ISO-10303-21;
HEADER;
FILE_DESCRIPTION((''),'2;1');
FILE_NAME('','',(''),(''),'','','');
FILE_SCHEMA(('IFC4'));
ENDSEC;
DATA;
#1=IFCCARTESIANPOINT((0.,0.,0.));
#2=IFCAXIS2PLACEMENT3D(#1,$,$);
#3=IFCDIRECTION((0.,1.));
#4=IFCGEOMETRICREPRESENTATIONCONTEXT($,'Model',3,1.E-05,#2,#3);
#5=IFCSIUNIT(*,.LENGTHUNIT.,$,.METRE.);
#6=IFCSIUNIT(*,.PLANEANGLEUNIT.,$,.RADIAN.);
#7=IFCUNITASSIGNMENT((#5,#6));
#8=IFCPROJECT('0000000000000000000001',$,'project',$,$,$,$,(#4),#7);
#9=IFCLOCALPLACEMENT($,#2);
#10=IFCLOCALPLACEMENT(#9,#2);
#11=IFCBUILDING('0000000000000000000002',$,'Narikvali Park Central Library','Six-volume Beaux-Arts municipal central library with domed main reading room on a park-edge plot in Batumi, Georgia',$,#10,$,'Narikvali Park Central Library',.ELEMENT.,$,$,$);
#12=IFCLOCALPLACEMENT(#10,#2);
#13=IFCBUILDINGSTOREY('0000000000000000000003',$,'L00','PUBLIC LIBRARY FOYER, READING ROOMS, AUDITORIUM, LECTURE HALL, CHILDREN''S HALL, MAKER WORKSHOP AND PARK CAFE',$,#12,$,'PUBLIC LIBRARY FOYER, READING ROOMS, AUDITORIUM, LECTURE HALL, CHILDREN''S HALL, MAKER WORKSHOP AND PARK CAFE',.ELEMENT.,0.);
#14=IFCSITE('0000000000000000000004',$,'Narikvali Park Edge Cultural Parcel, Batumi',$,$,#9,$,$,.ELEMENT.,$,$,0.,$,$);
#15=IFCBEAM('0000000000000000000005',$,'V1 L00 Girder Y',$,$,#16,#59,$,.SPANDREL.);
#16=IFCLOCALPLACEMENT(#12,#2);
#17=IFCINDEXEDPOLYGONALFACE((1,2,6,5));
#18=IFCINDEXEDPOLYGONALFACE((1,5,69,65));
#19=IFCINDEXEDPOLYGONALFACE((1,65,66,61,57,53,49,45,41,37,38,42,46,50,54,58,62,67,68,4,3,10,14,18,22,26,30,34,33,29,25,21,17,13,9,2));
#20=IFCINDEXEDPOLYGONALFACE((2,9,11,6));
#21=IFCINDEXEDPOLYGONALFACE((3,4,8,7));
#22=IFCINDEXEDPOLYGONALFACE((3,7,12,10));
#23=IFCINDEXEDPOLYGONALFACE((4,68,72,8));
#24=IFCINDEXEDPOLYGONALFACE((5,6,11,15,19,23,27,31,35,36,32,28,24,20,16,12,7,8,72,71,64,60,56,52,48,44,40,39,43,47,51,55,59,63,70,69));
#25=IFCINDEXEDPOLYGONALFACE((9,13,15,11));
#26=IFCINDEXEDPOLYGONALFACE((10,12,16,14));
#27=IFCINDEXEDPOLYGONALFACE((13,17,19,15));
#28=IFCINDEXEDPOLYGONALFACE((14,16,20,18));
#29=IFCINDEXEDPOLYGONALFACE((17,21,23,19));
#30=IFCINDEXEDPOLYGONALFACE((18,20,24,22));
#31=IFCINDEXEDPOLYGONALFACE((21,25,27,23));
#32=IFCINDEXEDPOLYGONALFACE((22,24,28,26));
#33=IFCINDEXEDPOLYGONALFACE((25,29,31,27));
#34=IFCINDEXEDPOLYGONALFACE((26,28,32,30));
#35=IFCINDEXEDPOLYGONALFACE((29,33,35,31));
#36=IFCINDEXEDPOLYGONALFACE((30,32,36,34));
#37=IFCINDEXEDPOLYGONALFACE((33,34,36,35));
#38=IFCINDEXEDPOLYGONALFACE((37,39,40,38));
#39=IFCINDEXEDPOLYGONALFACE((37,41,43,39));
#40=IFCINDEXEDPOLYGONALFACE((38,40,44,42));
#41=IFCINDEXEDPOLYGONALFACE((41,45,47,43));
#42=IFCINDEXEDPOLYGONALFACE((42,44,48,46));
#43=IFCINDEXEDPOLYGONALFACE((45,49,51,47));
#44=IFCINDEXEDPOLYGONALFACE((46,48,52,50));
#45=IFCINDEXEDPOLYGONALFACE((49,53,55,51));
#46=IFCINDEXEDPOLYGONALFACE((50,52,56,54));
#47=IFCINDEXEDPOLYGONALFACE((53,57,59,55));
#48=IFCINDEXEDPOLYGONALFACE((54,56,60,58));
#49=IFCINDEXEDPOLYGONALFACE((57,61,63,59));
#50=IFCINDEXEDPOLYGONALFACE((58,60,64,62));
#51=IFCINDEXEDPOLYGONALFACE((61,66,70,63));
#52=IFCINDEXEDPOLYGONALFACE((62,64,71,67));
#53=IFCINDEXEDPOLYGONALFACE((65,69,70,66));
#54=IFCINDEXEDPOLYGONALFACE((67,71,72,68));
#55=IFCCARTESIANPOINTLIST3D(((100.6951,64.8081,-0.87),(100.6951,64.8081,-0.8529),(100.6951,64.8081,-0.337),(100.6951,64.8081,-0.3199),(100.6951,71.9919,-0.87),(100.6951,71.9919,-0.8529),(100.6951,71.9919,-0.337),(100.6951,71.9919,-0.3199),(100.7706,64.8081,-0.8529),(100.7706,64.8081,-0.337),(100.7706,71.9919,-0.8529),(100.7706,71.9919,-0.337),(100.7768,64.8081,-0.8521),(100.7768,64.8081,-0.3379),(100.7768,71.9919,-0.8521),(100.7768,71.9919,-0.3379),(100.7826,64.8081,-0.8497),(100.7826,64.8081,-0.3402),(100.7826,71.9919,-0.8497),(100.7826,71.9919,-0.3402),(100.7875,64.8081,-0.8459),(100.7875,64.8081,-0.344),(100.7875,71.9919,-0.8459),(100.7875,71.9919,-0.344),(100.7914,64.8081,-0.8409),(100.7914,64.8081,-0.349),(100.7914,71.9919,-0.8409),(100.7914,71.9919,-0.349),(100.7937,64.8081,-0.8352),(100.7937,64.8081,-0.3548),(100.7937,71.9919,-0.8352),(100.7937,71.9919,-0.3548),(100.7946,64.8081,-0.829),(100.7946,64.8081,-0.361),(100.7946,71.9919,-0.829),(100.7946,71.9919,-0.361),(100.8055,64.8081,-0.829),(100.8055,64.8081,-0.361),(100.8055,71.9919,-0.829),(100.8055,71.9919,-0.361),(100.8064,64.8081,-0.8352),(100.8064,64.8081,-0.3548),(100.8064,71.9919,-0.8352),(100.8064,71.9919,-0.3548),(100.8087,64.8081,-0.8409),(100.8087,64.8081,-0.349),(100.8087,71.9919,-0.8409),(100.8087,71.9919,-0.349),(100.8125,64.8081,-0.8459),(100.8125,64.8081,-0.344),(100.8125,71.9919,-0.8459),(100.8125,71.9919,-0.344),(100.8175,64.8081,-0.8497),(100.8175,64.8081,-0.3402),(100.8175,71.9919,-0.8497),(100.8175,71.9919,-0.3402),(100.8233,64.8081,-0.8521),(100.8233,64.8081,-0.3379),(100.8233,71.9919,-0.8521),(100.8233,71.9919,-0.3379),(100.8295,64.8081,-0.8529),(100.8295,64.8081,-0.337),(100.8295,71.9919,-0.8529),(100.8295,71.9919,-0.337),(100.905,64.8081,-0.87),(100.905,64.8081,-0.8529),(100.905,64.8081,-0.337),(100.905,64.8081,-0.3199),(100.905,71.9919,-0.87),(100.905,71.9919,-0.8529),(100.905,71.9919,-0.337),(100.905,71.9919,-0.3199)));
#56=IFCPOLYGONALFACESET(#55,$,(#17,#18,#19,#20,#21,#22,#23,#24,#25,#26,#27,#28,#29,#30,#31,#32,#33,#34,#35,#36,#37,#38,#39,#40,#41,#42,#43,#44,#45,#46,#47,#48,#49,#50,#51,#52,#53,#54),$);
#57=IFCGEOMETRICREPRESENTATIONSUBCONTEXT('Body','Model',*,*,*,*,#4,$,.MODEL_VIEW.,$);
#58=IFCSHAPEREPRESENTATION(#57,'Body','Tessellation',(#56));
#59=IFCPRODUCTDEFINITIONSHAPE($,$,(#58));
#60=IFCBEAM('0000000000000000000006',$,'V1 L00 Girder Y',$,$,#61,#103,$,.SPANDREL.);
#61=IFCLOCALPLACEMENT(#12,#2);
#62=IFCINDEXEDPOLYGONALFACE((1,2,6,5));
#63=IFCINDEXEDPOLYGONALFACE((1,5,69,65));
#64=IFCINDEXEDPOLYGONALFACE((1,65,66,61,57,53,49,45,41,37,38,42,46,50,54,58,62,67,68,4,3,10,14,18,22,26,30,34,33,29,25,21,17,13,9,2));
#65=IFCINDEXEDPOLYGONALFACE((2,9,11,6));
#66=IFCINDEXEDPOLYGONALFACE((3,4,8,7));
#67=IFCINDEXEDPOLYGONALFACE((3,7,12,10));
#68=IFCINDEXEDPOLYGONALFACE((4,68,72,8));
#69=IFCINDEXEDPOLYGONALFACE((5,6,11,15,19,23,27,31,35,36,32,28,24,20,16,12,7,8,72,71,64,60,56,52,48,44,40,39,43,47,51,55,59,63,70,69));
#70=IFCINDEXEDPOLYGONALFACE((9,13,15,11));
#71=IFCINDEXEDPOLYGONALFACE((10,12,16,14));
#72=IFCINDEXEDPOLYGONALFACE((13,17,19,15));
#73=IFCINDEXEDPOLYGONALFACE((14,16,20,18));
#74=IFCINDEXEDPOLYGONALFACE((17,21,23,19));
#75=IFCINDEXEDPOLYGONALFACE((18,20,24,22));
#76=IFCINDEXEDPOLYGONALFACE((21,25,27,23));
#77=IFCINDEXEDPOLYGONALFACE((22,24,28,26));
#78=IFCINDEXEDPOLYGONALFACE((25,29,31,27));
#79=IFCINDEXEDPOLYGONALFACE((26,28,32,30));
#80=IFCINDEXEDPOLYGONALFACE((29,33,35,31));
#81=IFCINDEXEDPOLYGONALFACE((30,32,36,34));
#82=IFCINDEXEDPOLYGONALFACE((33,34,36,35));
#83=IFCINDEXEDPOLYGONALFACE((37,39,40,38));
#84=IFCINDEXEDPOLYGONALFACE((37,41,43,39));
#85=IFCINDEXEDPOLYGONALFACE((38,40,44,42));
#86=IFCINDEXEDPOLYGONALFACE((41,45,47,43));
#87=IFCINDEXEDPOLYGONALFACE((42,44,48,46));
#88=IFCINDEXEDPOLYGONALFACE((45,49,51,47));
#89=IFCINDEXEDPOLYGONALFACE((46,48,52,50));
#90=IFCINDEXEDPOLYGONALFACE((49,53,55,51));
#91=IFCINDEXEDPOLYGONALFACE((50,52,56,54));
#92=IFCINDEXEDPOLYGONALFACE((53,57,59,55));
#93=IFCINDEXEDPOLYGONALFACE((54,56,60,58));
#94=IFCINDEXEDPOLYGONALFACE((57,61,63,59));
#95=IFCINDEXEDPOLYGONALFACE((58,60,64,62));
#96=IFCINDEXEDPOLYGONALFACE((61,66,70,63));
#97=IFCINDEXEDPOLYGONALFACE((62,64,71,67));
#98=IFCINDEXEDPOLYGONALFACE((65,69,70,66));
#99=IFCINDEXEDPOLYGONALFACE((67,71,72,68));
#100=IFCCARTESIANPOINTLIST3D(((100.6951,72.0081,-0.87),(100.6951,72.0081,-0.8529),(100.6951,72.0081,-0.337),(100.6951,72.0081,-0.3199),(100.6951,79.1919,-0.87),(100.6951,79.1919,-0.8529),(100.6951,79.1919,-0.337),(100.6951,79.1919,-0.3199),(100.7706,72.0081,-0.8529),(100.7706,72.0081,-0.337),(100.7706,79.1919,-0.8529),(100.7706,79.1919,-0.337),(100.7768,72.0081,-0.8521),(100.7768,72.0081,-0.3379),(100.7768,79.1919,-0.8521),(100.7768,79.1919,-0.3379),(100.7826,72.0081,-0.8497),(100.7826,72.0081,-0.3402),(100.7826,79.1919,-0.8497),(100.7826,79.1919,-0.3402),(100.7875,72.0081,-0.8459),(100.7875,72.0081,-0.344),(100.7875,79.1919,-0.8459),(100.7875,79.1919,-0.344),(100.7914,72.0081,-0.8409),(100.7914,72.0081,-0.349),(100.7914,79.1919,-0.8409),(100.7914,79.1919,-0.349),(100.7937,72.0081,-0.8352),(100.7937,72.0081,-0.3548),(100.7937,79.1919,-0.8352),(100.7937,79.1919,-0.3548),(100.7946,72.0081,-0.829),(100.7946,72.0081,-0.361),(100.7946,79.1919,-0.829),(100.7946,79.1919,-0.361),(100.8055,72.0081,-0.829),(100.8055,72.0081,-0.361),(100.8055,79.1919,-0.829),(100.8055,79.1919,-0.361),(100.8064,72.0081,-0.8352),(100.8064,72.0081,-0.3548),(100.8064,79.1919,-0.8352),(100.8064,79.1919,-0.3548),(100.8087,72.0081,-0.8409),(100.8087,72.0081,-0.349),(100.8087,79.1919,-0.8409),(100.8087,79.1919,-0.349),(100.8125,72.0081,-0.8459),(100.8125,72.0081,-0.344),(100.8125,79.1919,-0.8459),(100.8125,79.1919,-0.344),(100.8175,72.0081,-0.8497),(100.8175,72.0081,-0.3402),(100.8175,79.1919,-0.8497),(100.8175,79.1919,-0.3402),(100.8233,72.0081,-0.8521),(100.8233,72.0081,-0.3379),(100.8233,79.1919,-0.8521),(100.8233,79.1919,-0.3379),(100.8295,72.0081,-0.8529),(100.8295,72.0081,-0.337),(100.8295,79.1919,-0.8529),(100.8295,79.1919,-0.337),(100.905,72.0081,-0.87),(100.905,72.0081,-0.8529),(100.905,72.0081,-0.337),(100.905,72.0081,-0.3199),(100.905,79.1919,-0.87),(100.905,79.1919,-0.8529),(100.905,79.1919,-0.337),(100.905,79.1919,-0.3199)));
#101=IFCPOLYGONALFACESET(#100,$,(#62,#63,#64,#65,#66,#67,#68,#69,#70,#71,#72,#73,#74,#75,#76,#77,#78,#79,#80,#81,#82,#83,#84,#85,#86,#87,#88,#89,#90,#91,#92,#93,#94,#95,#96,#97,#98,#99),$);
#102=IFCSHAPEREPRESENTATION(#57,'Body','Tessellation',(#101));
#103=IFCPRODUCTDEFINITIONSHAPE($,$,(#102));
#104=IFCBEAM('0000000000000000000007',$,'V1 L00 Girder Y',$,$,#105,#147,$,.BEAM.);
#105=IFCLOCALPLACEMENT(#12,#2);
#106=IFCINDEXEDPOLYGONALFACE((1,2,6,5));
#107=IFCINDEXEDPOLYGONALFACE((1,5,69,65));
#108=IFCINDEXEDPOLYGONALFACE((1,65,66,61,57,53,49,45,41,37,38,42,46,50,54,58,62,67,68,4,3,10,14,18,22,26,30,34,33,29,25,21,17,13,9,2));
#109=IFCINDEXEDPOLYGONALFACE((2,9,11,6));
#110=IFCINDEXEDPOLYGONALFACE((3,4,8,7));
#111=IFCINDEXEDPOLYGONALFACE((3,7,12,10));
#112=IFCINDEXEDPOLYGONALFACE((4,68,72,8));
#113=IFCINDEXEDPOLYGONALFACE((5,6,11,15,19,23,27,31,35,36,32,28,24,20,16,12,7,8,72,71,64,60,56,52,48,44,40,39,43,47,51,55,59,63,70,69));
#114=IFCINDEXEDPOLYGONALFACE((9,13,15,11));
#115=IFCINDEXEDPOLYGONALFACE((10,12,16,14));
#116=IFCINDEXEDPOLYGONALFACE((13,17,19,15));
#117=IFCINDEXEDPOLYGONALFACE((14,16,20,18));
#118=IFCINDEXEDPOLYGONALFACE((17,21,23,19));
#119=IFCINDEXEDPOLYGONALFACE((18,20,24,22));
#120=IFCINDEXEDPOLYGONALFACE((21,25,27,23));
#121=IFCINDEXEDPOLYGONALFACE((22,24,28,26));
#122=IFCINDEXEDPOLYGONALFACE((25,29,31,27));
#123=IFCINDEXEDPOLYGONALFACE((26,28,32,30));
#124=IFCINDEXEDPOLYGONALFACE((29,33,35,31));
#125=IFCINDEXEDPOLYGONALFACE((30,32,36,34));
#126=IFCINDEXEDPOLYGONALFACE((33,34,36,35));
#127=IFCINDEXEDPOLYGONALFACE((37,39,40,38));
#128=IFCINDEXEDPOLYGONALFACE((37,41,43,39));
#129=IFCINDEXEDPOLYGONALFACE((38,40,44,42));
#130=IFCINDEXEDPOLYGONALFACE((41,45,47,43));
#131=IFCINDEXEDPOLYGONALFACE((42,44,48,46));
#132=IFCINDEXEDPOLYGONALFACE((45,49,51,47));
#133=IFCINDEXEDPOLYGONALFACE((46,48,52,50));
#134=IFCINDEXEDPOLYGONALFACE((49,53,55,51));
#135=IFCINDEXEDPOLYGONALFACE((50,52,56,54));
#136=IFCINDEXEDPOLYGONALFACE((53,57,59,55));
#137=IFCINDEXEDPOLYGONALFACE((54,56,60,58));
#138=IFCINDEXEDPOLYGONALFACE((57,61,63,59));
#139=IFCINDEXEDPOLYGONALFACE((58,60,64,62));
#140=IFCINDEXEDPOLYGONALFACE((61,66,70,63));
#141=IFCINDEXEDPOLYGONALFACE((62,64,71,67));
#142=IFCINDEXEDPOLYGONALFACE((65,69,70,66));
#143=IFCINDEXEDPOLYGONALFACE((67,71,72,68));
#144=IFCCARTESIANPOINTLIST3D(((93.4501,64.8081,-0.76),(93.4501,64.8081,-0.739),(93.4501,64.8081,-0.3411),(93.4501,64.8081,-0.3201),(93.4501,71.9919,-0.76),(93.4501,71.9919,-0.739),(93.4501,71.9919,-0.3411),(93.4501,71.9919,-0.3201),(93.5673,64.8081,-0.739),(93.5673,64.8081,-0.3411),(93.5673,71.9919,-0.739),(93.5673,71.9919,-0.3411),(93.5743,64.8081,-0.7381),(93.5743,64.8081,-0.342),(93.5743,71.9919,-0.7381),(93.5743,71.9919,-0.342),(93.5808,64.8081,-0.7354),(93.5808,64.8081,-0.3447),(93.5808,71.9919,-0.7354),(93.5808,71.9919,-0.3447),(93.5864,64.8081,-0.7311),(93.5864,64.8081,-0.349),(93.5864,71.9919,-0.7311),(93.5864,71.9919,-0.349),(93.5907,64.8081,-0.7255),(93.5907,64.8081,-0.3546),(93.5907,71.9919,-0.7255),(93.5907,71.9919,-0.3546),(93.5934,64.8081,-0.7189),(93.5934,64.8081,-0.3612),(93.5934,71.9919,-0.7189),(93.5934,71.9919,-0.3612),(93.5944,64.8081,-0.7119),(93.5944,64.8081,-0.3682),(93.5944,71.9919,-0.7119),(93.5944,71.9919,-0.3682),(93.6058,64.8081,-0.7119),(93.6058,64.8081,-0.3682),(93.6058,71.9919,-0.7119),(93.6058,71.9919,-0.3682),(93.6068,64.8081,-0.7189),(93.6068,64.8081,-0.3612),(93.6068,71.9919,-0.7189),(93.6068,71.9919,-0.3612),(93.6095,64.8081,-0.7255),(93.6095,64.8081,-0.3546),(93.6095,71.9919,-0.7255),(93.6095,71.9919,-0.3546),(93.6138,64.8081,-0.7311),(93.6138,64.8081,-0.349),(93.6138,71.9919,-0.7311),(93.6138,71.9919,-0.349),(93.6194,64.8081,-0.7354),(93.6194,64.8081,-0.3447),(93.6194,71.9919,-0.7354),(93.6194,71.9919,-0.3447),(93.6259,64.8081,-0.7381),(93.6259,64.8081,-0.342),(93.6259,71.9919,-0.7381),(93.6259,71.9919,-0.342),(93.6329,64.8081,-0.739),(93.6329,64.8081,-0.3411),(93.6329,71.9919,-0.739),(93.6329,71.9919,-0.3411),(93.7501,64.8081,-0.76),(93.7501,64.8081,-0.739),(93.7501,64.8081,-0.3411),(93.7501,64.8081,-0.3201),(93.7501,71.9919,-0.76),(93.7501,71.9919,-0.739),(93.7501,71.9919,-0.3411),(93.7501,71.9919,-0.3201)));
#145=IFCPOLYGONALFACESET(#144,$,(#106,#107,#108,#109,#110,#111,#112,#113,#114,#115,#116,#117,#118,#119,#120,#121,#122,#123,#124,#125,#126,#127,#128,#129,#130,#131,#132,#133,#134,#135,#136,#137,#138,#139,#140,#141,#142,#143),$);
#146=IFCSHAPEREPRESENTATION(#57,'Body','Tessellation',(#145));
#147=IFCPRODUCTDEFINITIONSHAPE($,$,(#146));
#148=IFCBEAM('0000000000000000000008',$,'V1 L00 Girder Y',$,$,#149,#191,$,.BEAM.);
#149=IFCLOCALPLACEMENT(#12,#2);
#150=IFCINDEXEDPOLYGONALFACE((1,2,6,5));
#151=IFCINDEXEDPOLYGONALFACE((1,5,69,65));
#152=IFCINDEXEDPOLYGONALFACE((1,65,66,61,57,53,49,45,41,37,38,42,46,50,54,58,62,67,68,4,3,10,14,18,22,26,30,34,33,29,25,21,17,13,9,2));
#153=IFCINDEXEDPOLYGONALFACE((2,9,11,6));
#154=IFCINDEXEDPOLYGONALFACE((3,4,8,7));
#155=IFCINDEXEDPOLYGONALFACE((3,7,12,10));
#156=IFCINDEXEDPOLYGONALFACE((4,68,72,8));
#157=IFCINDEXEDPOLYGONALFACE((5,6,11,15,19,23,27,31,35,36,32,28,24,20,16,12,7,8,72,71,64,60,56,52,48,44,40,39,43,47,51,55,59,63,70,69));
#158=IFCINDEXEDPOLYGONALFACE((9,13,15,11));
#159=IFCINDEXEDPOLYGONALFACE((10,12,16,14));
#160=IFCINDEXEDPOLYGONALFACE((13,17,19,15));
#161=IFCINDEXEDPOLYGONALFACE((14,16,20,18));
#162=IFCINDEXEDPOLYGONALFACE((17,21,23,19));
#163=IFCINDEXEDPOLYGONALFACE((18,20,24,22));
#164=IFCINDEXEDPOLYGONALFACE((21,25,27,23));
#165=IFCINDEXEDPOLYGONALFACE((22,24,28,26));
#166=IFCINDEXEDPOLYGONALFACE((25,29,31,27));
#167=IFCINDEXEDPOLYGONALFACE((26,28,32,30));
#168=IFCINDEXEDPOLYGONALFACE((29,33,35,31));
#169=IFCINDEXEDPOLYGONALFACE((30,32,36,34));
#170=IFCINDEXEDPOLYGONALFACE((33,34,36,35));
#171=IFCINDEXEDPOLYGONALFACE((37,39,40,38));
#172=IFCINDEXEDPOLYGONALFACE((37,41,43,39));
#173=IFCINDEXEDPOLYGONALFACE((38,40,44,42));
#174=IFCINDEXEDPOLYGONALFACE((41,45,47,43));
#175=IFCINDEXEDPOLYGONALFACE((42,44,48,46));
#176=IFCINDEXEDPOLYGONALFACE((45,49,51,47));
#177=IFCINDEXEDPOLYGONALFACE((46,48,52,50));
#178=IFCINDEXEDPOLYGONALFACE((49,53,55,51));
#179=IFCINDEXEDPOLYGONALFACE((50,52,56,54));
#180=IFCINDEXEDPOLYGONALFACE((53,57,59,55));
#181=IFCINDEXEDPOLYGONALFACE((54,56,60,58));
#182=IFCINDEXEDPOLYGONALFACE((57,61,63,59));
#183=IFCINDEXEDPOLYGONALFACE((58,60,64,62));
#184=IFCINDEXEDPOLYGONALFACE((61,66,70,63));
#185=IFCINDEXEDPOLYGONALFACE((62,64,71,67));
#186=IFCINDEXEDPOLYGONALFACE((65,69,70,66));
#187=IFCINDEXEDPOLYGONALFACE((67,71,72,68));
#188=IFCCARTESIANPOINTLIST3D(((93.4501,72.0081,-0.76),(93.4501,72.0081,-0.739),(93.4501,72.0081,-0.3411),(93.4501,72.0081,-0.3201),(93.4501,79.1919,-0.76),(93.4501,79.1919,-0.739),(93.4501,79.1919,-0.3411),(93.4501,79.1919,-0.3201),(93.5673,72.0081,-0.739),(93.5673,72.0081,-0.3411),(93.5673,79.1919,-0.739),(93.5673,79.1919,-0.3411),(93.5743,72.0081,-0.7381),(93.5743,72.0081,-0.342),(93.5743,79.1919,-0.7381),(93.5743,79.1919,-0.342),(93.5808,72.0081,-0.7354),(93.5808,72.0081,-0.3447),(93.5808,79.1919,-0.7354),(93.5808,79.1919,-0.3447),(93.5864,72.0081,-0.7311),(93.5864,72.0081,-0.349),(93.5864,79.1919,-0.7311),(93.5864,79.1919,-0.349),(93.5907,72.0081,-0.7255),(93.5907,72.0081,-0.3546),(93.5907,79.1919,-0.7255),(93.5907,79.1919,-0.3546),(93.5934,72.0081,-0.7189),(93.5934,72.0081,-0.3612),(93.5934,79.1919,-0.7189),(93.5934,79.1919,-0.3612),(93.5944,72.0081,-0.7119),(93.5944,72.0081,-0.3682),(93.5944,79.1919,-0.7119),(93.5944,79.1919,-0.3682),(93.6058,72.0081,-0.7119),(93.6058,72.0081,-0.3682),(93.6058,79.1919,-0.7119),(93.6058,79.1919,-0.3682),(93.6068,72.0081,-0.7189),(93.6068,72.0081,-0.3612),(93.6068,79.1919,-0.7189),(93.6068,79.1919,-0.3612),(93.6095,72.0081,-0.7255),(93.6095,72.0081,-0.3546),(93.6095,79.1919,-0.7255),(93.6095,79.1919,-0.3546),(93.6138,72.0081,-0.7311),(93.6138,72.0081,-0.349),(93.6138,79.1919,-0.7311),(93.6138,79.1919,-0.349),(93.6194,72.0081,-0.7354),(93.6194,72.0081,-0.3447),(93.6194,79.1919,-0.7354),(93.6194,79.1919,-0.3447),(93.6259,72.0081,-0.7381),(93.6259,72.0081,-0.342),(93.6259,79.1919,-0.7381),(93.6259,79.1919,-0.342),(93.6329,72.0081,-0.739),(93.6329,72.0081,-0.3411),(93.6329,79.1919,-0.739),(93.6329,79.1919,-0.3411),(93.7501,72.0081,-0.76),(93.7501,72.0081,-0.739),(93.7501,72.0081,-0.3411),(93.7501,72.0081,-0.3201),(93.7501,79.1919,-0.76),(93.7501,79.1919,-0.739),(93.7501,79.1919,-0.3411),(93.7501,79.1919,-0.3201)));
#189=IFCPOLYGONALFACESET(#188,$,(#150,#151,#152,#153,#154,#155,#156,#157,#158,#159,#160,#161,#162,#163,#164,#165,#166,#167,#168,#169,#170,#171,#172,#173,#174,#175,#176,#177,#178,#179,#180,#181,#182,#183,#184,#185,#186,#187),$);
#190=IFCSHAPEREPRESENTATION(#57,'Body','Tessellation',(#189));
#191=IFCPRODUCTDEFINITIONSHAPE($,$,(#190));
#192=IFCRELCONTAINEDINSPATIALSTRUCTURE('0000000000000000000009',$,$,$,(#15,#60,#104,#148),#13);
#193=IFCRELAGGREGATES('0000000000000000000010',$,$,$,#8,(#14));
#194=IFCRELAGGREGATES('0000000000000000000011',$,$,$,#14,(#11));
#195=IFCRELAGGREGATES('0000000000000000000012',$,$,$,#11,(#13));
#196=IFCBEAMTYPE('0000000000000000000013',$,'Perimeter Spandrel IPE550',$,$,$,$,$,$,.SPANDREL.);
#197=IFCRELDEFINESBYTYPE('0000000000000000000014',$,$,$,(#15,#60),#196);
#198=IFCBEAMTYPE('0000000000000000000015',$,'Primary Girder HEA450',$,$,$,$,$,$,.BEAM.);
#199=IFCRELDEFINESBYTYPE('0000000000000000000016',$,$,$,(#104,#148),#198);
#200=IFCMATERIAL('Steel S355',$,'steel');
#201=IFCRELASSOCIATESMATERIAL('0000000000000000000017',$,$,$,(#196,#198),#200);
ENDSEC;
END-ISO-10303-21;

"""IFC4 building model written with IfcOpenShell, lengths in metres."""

from ifc_helpers import new_model, si_unit, direction, frame, origin, origin_2d, place, context, subcontext, project, spatial, i_section, extrude, material, material_profile, profile_set, type_object, element, save


model = new_model("IFC4")

# Units and contexts
model_context = context("Model", 3, precision=1e-05, world=origin(), true_north=direction((0.0, 1.0)))
body_context = subcontext(model_context, "Body", "Model", "MODEL_VIEW")
ifc_project = project(units=[si_unit("LENGTHUNIT", "METRE"), si_unit("PLANEANGLEUNIT", "RADIAN")], contexts=[model_context])

# Site, building, storey
site_placement = place(None, origin())
site = spatial("IfcSite", under=ifc_project, at=site_placement, Name="Narikvali Park Edge Cultural Parcel, Batumi", CompositionType="ELEMENT", RefElevation=0.0)
building_placement = place(site_placement, origin())
building = spatial("IfcBuilding", under=site, at=building_placement, Name="Narikvali Park Central Library", Description="Six-volume Beaux-Arts municipal central library with domed main reading room on a park-edge plot in Batumi, Georgia", LongName="Narikvali Park Central Library", CompositionType="ELEMENT")
storey_placement = place(building_placement, origin())
storey = spatial("IfcBuildingStorey", under=building, at=storey_placement, Name="L00", Description="PUBLIC LIBRARY FOYER, READING ROOMS, AUDITORIUM, LECTURE HALL, CHILDREN'S HALL, MAKER WORKSHOP AND PARK CAFE", LongName="PUBLIC LIBRARY FOYER, READING ROOMS, AUDITORIUM, LECTURE HALL, CHILDREN'S HALL, MAKER WORKSHOP AND PARK CAFE", CompositionType="ELEMENT", Elevation=0.0)

# Shared definitions
ifc_material_1 = material(Name="Steel S355", Category="steel")

# Beams
ifc_material_profile_1 = material_profile(ifc_material_1, i_section(OverallWidth=0.21, OverallDepth=0.55, WebThickness=0.011, FlangeThickness=0.0171, FilletRadius=0.0239, at=origin_2d()), Name="IPE 550")
ifc_profile_set_1 = profile_set([ifc_material_profile_1], Name="Steel S355")
beam_type_1 = type_object("IfcBeamType", Name="Perimeter Spandrel IPE550", PredefinedType="SPANDREL", material=ifc_profile_set_1)
for number, where, z_axis, x_axis, name in (
    (1, (100.8, 64.8081, -0.595), (0.0, 1.0, 0.0), (-1.0, 0.0, 0.0), "V1 L00 Girder Y"),
    (2, (100.8, 72.0081, -0.595), (0.0, 1.0, 0.0), (-1.0, 0.0, 0.0), "V1 L00 Girder Y"),
):
    element("IfcBeam", number, at=place(storey_placement, frame(where, z_axis=z_axis, x_axis=x_axis)), inside=storey, type_object=beam_type_1, Name=name, PredefinedType="SPANDREL", context=body_context, shape_type="SweptSolid", body=[
        extrude(i_section(OverallWidth=0.21, OverallDepth=0.55, WebThickness=0.011, FlangeThickness=0.0171, FilletRadius=0.0239, at=origin_2d()), origin(), (0.0, 0.0, 1.0), 7.1838),
    ])
ifc_material_profile_2 = material_profile(ifc_material_1, i_section(OverallWidth=0.3, OverallDepth=0.4399, WebThickness=0.0115, FlangeThickness=0.021, FilletRadius=0.0271, at=origin_2d()), Name="HEA 450")
ifc_profile_set_2 = profile_set([ifc_material_profile_2], Name="Steel S355")
beam_type_2 = type_object("IfcBeamType", Name="Primary Girder HEA450", PredefinedType="BEAM", material=ifc_profile_set_2)
for number, where, z_axis, x_axis, name in (
    (3, (93.6001, 64.8081, -0.54), (0.0, 1.0, 0.0), (-1.0, 0.0, 0.0), "V1 L00 Girder Y"),
    (4, (93.6001, 72.0081, -0.54), (0.0, 1.0, 0.0), (-1.0, 0.0, 0.0), "V1 L00 Girder Y"),
):
    element("IfcBeam", number, at=place(storey_placement, frame(where, z_axis=z_axis, x_axis=x_axis)), inside=storey, type_object=beam_type_2, Name=name, PredefinedType="BEAM", context=body_context, shape_type="SweptSolid", body=[
        extrude(i_section(OverallWidth=0.3, OverallDepth=0.4399, WebThickness=0.0115, FlangeThickness=0.021, FilletRadius=0.0271, at=origin_2d()), origin(), (0.0, 0.0, 1.0), 7.1838),
    ])

save(model, "model.ifc")
